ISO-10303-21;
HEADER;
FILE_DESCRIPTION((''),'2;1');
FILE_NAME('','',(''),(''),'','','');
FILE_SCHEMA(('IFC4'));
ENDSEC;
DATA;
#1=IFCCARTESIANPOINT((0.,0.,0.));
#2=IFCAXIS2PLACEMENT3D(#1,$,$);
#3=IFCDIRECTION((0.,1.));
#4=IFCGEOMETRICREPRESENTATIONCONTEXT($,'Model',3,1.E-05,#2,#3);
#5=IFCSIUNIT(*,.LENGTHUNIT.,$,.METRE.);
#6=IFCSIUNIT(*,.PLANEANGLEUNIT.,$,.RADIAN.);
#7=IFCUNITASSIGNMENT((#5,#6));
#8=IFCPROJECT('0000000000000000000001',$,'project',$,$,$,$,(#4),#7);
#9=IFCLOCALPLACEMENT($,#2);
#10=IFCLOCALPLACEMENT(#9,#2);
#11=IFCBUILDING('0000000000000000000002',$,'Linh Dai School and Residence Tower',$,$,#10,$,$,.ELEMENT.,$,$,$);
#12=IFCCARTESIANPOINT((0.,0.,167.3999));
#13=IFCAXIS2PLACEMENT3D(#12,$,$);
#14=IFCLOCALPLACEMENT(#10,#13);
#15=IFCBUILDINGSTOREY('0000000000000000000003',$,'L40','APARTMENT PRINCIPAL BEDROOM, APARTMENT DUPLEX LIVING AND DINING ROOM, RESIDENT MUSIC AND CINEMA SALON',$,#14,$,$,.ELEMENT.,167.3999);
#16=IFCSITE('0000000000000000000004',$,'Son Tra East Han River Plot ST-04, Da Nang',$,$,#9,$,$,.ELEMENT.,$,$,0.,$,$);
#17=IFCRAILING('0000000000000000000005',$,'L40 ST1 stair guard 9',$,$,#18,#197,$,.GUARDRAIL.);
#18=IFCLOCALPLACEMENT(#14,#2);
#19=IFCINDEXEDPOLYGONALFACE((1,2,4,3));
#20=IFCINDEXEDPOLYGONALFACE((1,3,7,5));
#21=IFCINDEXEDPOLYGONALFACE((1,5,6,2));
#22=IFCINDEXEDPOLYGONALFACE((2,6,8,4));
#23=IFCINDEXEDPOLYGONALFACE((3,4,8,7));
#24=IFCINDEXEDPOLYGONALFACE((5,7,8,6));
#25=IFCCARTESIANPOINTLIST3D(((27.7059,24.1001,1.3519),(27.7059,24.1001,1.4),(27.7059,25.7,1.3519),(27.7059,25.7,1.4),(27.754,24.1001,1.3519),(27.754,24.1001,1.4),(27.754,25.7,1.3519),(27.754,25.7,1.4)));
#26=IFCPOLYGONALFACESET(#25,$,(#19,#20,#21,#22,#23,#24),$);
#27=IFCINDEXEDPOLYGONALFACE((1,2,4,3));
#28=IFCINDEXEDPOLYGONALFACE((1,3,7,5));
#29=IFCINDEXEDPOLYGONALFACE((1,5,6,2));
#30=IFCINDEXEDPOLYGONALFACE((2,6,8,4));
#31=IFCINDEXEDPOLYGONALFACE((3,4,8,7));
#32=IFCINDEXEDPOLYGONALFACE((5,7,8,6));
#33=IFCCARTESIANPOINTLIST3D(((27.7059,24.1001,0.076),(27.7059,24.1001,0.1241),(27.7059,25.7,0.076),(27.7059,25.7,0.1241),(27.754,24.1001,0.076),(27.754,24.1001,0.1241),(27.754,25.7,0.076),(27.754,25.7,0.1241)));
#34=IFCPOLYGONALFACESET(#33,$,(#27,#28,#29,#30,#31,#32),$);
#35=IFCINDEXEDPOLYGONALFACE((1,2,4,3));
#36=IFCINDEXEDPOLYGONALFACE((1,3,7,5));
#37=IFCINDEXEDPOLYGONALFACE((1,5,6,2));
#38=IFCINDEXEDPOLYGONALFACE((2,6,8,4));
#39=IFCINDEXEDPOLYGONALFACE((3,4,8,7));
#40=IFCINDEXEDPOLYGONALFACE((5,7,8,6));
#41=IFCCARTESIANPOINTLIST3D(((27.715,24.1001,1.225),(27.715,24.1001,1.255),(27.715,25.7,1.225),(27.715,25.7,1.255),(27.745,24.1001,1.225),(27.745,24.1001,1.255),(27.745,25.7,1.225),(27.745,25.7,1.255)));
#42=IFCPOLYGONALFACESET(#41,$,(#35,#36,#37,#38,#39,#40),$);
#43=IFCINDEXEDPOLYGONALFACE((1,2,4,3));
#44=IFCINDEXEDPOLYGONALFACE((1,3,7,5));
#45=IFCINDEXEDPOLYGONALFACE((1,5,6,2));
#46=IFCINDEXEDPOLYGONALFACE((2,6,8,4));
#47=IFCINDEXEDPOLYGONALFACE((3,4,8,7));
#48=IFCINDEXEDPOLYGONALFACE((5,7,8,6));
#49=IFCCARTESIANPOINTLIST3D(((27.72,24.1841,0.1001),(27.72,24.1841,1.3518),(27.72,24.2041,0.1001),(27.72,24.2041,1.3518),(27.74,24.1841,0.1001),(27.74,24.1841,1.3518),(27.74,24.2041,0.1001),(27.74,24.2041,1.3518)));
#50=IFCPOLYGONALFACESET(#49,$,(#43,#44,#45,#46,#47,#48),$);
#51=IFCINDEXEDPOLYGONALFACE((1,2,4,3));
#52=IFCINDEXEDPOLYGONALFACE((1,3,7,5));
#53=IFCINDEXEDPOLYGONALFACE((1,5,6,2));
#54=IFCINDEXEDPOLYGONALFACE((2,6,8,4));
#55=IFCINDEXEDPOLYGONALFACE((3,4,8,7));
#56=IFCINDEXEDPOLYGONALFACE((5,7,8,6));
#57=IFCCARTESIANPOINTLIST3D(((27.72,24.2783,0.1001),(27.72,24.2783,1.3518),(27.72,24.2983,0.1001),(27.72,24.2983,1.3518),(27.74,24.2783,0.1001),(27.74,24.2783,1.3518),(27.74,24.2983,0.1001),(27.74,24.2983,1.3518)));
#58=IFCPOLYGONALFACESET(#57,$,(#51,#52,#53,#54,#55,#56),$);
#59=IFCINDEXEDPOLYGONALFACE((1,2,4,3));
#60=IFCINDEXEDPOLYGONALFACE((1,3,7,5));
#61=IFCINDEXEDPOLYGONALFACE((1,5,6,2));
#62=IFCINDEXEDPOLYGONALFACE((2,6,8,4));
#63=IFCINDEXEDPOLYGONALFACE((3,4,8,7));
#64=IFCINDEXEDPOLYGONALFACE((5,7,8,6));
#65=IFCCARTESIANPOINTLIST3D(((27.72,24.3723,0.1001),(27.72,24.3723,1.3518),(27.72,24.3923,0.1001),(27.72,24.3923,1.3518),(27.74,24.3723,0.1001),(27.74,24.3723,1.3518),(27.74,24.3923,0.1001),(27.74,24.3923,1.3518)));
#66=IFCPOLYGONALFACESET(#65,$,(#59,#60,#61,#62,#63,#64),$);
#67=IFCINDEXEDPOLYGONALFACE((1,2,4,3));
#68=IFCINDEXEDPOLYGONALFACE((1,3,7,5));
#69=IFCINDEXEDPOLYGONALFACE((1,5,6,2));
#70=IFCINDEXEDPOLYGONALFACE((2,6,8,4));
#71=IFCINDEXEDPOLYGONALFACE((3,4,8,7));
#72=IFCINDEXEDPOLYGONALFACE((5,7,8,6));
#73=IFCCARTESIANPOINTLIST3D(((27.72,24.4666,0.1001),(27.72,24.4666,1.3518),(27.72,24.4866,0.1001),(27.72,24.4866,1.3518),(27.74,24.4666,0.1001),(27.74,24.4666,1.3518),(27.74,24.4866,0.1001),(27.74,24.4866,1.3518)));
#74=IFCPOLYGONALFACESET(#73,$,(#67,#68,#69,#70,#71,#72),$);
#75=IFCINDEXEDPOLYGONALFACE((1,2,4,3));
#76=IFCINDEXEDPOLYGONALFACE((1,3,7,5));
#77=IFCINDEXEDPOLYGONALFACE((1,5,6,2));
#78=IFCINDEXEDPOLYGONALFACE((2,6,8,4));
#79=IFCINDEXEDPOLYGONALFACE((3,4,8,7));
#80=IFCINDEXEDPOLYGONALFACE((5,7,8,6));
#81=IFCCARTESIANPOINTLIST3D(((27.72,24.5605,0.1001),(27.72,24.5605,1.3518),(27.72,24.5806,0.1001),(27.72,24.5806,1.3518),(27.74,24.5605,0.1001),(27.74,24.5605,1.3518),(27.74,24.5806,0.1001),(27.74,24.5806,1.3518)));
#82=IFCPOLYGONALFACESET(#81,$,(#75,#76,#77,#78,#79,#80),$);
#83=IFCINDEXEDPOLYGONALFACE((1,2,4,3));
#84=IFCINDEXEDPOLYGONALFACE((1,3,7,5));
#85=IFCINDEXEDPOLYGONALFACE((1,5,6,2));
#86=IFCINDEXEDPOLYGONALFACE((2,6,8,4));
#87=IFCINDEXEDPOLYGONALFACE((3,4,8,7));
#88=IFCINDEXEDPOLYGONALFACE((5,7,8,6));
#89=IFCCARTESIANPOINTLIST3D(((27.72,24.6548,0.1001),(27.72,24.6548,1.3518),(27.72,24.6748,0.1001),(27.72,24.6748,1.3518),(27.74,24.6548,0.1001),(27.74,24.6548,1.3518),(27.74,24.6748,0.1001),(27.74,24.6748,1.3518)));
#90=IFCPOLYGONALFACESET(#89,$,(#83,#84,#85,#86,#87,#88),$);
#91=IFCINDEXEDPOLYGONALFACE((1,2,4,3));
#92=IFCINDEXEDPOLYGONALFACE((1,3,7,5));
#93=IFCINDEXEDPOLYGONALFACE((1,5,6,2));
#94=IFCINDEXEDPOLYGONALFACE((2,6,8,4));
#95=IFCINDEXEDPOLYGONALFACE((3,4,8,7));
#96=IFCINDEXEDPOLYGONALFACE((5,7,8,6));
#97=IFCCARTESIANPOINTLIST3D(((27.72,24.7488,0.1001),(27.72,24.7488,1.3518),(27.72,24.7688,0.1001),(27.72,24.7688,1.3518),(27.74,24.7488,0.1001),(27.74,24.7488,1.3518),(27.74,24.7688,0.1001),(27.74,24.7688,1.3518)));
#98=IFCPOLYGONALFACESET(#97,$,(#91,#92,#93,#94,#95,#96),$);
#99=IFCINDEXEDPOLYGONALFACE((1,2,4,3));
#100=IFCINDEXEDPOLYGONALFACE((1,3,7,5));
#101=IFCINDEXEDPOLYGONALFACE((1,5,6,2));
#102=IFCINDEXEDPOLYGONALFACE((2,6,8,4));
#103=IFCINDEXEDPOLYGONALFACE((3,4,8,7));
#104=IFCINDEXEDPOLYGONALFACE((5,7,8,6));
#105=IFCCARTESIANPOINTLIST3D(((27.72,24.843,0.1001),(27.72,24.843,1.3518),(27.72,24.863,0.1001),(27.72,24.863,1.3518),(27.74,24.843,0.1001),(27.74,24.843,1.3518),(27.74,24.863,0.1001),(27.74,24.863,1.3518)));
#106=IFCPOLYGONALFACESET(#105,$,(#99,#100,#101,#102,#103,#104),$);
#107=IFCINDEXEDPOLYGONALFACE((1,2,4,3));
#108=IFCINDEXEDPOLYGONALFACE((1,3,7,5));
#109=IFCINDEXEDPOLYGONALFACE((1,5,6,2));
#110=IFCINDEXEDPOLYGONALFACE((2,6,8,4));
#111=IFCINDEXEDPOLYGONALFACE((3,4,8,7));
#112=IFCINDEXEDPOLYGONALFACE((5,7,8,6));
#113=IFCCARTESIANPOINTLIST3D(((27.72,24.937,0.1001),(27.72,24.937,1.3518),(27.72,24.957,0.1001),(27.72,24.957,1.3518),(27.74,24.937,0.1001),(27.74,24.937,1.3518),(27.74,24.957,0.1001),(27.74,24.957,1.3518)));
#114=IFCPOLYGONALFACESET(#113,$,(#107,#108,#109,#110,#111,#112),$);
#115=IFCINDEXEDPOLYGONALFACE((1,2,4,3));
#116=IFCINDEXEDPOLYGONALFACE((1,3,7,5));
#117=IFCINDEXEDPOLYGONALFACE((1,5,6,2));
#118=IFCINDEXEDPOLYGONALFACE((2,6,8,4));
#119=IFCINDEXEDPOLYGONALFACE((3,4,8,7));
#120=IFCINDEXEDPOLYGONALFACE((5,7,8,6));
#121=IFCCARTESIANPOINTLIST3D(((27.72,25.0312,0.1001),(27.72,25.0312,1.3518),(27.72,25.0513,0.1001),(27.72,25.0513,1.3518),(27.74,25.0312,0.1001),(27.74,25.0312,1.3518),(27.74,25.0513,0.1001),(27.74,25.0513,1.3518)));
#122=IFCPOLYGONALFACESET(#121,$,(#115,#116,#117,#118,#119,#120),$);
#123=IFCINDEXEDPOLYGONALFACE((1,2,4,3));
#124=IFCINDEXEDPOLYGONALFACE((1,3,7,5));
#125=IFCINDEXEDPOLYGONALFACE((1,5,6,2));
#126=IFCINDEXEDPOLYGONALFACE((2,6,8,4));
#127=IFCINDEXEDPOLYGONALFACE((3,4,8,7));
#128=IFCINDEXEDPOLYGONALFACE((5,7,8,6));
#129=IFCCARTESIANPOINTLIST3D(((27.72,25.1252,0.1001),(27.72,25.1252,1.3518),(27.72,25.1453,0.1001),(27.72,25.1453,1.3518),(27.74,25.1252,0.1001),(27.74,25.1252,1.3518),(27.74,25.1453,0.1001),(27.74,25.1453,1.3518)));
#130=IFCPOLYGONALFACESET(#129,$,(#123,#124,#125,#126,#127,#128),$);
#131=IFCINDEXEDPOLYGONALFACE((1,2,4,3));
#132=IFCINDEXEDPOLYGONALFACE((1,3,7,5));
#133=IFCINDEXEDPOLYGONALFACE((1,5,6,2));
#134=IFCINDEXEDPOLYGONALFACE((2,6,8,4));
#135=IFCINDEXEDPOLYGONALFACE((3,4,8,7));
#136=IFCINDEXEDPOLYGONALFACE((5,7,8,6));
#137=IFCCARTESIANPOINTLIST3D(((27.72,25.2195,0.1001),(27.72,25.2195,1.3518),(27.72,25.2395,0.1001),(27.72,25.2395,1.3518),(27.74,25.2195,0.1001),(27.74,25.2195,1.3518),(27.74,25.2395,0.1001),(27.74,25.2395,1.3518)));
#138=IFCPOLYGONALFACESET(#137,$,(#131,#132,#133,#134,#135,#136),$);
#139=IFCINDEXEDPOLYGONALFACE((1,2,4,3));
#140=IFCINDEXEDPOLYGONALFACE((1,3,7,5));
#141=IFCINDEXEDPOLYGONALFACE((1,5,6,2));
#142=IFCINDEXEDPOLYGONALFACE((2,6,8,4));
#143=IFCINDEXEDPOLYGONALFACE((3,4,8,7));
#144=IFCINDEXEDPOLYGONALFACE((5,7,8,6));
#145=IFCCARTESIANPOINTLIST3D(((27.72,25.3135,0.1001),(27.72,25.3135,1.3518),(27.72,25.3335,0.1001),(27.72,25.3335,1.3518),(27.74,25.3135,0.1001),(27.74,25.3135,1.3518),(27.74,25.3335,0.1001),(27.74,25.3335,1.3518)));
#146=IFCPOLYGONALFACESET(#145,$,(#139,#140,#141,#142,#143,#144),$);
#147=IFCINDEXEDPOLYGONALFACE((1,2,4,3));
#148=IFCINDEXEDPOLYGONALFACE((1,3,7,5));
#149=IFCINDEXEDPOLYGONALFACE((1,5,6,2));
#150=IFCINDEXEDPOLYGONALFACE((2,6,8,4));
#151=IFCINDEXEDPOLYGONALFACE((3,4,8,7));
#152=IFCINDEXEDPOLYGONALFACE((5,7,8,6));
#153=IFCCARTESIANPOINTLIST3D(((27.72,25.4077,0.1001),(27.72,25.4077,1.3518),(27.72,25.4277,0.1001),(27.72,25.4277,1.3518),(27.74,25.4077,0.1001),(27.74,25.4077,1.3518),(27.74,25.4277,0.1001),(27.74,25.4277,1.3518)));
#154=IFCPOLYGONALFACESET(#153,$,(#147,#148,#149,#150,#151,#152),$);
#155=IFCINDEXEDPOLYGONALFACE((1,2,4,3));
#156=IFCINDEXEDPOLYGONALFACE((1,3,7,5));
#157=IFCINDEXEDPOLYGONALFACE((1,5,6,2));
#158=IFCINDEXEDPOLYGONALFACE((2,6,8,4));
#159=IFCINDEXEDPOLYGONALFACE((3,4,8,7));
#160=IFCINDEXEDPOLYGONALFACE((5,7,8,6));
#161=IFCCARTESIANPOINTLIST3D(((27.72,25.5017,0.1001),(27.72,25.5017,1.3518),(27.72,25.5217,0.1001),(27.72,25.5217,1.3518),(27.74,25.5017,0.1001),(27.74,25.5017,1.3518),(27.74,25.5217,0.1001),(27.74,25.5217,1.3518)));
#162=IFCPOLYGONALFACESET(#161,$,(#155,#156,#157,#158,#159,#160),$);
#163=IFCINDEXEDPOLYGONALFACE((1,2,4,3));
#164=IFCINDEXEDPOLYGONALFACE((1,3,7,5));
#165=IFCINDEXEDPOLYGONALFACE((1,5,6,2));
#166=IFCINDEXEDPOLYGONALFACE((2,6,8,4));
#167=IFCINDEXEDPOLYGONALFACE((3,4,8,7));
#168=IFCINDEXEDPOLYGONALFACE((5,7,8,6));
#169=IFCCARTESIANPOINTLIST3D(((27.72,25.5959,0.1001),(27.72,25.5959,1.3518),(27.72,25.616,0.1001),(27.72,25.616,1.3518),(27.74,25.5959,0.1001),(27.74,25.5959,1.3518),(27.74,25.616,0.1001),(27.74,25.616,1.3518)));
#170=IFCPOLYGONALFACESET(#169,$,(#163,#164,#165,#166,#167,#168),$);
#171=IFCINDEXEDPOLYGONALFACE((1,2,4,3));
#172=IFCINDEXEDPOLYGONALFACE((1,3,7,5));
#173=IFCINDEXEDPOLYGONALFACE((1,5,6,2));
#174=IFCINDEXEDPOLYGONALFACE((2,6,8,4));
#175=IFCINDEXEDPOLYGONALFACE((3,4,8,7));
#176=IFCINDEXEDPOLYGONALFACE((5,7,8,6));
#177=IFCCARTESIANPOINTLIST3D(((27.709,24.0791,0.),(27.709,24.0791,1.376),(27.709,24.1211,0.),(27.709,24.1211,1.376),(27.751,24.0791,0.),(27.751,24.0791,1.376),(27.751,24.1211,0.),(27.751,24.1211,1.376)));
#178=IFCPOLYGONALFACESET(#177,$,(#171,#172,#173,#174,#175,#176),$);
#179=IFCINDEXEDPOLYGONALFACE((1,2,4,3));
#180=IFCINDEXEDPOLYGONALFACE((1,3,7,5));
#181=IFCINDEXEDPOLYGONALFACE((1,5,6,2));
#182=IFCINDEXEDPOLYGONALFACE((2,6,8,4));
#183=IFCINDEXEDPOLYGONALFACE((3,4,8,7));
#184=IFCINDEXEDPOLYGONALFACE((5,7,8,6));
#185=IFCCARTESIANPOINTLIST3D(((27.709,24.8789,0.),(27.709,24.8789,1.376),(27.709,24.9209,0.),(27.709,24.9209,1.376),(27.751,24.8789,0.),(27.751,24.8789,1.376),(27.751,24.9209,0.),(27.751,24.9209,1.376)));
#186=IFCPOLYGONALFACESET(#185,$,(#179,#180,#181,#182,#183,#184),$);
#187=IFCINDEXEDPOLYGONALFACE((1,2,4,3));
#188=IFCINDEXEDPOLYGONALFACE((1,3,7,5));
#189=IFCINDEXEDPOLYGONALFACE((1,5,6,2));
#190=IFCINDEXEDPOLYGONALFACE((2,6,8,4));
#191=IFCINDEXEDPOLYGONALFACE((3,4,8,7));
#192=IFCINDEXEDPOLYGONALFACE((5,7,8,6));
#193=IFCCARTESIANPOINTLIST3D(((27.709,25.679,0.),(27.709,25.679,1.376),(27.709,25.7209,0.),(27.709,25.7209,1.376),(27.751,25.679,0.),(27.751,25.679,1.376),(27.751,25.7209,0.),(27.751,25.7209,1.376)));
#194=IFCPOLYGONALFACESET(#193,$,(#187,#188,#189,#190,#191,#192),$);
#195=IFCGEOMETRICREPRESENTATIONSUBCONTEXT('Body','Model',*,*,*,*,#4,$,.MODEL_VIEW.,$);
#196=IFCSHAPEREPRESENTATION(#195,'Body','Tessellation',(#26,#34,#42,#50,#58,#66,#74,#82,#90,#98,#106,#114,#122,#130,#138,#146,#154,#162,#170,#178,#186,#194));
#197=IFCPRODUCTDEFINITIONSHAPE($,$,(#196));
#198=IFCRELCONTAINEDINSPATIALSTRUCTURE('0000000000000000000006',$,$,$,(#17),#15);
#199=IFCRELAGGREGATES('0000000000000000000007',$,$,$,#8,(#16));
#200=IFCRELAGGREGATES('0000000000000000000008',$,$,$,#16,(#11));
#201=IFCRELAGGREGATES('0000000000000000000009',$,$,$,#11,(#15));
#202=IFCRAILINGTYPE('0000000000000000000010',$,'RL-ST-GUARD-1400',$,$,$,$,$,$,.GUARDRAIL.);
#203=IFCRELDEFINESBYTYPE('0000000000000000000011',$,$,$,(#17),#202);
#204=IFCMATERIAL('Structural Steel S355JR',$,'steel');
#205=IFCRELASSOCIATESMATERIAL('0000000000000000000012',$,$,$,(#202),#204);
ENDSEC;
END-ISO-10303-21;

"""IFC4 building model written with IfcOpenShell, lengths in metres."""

from ifc_helpers import new_model, si_unit, direction, frame, origin, origin_2d, place, context, subcontext, project, spatial, rectangle, extrude, source, transform, mapped, material, type_object, element, save


model = new_model("IFC4")

# Units and contexts
model_context = context("Model", 3, precision=1e-05, world=origin(), true_north=direction((0.0, 1.0)))
body_context = subcontext(model_context, "Body", "Model", "MODEL_VIEW")
ifc_project = project(units=[si_unit("LENGTHUNIT", "METRE"), si_unit("PLANEANGLEUNIT", "RADIAN")], contexts=[model_context])

# Site, building, storey
site_placement = place(None, origin())
site = spatial("IfcSite", under=ifc_project, at=site_placement, Name="Son Tra East Han River Plot ST-04, Da Nang", CompositionType="ELEMENT", RefElevation=0.0)
building_placement = place(site_placement, origin())
building = spatial("IfcBuilding", under=site, at=building_placement, Name="Linh Dai School and Residence Tower", CompositionType="ELEMENT")
storey_placement = place(building_placement, frame((0.0, 0.0, 167.3999)))
storey = spatial("IfcBuildingStorey", under=building, at=storey_placement, Name="L40", Description="APARTMENT PRINCIPAL BEDROOM, APARTMENT DUPLEX LIVING AND DINING ROOM, RESIDENT MUSIC AND CINEMA SALON", CompositionType="ELEMENT", Elevation=167.3999)

# Shared definitions
ifc_material_1 = material(Name="Structural Steel S355JR", Category="steel")

# Railing
railing_type = type_object("IfcRailingType", Name="RL-ST-GUARD-1400", PredefinedType="GUARDRAIL", material=ifc_material_1)
shared_shape_1 = source(origin(), body_context, "Body", "SweptSolid", [
    extrude(rectangle(XDim=0.0481, YDim=0.0481, at=origin_2d()), frame((0.0, 0.0, 1.376), z_axis=(0.0, 1.0, 0.0), x_axis=(-1.0, 0.0, 0.0)), (0.0, 0.0, 1.0), 1.5999),
    extrude(rectangle(XDim=0.0481, YDim=0.0481, at=origin_2d()), frame((0.0, 0.0, 0.1001), z_axis=(0.0, 1.0, 0.0), x_axis=(-1.0, 0.0, 0.0)), (0.0, 0.0, 1.0), 1.5999),
    extrude(rectangle(XDim=0.03, YDim=0.03, at=origin_2d()), frame((0.0, 0.0, 1.24), z_axis=(0.0, 1.0, 0.0), x_axis=(-1.0, 0.0, 0.0)), (0.0, 0.0, 1.0), 1.5999),
    extrude(rectangle(XDim=0.02, YDim=0.02, at=origin_2d()), frame((0.0, 0.094, 0.1001)), (0.0, 0.0, 1.0), 1.2517),
    extrude(rectangle(XDim=0.02, YDim=0.02, at=origin_2d()), frame((0.0, 0.1882, 0.1001)), (0.0, 0.0, 1.0), 1.2517),
    extrude(rectangle(XDim=0.02, YDim=0.02, at=origin_2d()), frame((0.0, 0.2822, 0.1001)), (0.0, 0.0, 1.0), 1.2517),
    extrude(rectangle(XDim=0.02, YDim=0.02, at=origin_2d()), frame((0.0, 0.3765, 0.1001)), (0.0, 0.0, 1.0), 1.2517),
    extrude(rectangle(XDim=0.02, YDim=0.02, at=origin_2d()), frame((0.0, 0.4705, 0.1001)), (0.0, 0.0, 1.0), 1.2517),
    extrude(rectangle(XDim=0.02, YDim=0.02, at=origin_2d()), frame((0.0, 0.5647, 0.1001)), (0.0, 0.0, 1.0), 1.2517),
    extrude(rectangle(XDim=0.02, YDim=0.02, at=origin_2d()), frame((0.0, 0.6587, 0.1001)), (0.0, 0.0, 1.0), 1.2517),
    extrude(rectangle(XDim=0.02, YDim=0.02, at=origin_2d()), frame((0.0, 0.7529, 0.1001)), (0.0, 0.0, 1.0), 1.2517),
    extrude(rectangle(XDim=0.02, YDim=0.02, at=origin_2d()), frame((0.0, 0.8469, 0.1001)), (0.0, 0.0, 1.0), 1.2517),
    extrude(rectangle(XDim=0.02, YDim=0.02, at=origin_2d()), frame((0.0, 0.9412, 0.1001)), (0.0, 0.0, 1.0), 1.2517),
    extrude(rectangle(XDim=0.02, YDim=0.02, at=origin_2d()), frame((0.0, 1.0352, 0.1001)), (0.0, 0.0, 1.0), 1.2517),
    extrude(rectangle(XDim=0.02, YDim=0.02, at=origin_2d()), frame((0.0, 1.1294, 0.1001)), (0.0, 0.0, 1.0), 1.2517),
    extrude(rectangle(XDim=0.02, YDim=0.02, at=origin_2d()), frame((0.0, 1.2234, 0.1001)), (0.0, 0.0, 1.0), 1.2517),
    extrude(rectangle(XDim=0.02, YDim=0.02, at=origin_2d()), frame((0.0, 1.3176, 0.1001)), (0.0, 0.0, 1.0), 1.2517),
    extrude(rectangle(XDim=0.02, YDim=0.02, at=origin_2d()), frame((0.0, 1.4116, 0.1001)), (0.0, 0.0, 1.0), 1.2517),
    extrude(rectangle(XDim=0.02, YDim=0.02, at=origin_2d()), frame((0.0, 1.5059, 0.1001)), (0.0, 0.0, 1.0), 1.2517),
    extrude(rectangle(XDim=0.042, YDim=0.042, at=origin_2d()), origin(), (0.0, 0.0, 1.0), 1.376),
    extrude(rectangle(XDim=0.042, YDim=0.042, at=origin_2d()), frame((0.0, 0.7998, 0.0)), (0.0, 0.0, 1.0), 1.376),
    extrude(rectangle(XDim=0.042, YDim=0.042, at=origin_2d()), frame((0.0, 1.5999, 0.0)), (0.0, 0.0, 1.0), 1.376),
])
for number, where, name in (
    (1, (27.73, 24.1001, 0.0), "L40 ST1 stair guard 9"),
):
    element("IfcRailing", number, at=place(storey_placement, frame(where)), inside=storey, type_object=railing_type, Name=name, PredefinedType="GUARDRAIL", context=body_context, shape_type="MappedRepresentation", body=[
        mapped(shared_shape_1, transform((0.0, 0.0, 0.0), x_axis=(1.0, 0.0, 0.0), y_axis=(0.0, 1.0, 0.0), z_axis=(0.0, 0.0, 1.0), scale=1.0)),
    ])

save(model, "model.ifc")
